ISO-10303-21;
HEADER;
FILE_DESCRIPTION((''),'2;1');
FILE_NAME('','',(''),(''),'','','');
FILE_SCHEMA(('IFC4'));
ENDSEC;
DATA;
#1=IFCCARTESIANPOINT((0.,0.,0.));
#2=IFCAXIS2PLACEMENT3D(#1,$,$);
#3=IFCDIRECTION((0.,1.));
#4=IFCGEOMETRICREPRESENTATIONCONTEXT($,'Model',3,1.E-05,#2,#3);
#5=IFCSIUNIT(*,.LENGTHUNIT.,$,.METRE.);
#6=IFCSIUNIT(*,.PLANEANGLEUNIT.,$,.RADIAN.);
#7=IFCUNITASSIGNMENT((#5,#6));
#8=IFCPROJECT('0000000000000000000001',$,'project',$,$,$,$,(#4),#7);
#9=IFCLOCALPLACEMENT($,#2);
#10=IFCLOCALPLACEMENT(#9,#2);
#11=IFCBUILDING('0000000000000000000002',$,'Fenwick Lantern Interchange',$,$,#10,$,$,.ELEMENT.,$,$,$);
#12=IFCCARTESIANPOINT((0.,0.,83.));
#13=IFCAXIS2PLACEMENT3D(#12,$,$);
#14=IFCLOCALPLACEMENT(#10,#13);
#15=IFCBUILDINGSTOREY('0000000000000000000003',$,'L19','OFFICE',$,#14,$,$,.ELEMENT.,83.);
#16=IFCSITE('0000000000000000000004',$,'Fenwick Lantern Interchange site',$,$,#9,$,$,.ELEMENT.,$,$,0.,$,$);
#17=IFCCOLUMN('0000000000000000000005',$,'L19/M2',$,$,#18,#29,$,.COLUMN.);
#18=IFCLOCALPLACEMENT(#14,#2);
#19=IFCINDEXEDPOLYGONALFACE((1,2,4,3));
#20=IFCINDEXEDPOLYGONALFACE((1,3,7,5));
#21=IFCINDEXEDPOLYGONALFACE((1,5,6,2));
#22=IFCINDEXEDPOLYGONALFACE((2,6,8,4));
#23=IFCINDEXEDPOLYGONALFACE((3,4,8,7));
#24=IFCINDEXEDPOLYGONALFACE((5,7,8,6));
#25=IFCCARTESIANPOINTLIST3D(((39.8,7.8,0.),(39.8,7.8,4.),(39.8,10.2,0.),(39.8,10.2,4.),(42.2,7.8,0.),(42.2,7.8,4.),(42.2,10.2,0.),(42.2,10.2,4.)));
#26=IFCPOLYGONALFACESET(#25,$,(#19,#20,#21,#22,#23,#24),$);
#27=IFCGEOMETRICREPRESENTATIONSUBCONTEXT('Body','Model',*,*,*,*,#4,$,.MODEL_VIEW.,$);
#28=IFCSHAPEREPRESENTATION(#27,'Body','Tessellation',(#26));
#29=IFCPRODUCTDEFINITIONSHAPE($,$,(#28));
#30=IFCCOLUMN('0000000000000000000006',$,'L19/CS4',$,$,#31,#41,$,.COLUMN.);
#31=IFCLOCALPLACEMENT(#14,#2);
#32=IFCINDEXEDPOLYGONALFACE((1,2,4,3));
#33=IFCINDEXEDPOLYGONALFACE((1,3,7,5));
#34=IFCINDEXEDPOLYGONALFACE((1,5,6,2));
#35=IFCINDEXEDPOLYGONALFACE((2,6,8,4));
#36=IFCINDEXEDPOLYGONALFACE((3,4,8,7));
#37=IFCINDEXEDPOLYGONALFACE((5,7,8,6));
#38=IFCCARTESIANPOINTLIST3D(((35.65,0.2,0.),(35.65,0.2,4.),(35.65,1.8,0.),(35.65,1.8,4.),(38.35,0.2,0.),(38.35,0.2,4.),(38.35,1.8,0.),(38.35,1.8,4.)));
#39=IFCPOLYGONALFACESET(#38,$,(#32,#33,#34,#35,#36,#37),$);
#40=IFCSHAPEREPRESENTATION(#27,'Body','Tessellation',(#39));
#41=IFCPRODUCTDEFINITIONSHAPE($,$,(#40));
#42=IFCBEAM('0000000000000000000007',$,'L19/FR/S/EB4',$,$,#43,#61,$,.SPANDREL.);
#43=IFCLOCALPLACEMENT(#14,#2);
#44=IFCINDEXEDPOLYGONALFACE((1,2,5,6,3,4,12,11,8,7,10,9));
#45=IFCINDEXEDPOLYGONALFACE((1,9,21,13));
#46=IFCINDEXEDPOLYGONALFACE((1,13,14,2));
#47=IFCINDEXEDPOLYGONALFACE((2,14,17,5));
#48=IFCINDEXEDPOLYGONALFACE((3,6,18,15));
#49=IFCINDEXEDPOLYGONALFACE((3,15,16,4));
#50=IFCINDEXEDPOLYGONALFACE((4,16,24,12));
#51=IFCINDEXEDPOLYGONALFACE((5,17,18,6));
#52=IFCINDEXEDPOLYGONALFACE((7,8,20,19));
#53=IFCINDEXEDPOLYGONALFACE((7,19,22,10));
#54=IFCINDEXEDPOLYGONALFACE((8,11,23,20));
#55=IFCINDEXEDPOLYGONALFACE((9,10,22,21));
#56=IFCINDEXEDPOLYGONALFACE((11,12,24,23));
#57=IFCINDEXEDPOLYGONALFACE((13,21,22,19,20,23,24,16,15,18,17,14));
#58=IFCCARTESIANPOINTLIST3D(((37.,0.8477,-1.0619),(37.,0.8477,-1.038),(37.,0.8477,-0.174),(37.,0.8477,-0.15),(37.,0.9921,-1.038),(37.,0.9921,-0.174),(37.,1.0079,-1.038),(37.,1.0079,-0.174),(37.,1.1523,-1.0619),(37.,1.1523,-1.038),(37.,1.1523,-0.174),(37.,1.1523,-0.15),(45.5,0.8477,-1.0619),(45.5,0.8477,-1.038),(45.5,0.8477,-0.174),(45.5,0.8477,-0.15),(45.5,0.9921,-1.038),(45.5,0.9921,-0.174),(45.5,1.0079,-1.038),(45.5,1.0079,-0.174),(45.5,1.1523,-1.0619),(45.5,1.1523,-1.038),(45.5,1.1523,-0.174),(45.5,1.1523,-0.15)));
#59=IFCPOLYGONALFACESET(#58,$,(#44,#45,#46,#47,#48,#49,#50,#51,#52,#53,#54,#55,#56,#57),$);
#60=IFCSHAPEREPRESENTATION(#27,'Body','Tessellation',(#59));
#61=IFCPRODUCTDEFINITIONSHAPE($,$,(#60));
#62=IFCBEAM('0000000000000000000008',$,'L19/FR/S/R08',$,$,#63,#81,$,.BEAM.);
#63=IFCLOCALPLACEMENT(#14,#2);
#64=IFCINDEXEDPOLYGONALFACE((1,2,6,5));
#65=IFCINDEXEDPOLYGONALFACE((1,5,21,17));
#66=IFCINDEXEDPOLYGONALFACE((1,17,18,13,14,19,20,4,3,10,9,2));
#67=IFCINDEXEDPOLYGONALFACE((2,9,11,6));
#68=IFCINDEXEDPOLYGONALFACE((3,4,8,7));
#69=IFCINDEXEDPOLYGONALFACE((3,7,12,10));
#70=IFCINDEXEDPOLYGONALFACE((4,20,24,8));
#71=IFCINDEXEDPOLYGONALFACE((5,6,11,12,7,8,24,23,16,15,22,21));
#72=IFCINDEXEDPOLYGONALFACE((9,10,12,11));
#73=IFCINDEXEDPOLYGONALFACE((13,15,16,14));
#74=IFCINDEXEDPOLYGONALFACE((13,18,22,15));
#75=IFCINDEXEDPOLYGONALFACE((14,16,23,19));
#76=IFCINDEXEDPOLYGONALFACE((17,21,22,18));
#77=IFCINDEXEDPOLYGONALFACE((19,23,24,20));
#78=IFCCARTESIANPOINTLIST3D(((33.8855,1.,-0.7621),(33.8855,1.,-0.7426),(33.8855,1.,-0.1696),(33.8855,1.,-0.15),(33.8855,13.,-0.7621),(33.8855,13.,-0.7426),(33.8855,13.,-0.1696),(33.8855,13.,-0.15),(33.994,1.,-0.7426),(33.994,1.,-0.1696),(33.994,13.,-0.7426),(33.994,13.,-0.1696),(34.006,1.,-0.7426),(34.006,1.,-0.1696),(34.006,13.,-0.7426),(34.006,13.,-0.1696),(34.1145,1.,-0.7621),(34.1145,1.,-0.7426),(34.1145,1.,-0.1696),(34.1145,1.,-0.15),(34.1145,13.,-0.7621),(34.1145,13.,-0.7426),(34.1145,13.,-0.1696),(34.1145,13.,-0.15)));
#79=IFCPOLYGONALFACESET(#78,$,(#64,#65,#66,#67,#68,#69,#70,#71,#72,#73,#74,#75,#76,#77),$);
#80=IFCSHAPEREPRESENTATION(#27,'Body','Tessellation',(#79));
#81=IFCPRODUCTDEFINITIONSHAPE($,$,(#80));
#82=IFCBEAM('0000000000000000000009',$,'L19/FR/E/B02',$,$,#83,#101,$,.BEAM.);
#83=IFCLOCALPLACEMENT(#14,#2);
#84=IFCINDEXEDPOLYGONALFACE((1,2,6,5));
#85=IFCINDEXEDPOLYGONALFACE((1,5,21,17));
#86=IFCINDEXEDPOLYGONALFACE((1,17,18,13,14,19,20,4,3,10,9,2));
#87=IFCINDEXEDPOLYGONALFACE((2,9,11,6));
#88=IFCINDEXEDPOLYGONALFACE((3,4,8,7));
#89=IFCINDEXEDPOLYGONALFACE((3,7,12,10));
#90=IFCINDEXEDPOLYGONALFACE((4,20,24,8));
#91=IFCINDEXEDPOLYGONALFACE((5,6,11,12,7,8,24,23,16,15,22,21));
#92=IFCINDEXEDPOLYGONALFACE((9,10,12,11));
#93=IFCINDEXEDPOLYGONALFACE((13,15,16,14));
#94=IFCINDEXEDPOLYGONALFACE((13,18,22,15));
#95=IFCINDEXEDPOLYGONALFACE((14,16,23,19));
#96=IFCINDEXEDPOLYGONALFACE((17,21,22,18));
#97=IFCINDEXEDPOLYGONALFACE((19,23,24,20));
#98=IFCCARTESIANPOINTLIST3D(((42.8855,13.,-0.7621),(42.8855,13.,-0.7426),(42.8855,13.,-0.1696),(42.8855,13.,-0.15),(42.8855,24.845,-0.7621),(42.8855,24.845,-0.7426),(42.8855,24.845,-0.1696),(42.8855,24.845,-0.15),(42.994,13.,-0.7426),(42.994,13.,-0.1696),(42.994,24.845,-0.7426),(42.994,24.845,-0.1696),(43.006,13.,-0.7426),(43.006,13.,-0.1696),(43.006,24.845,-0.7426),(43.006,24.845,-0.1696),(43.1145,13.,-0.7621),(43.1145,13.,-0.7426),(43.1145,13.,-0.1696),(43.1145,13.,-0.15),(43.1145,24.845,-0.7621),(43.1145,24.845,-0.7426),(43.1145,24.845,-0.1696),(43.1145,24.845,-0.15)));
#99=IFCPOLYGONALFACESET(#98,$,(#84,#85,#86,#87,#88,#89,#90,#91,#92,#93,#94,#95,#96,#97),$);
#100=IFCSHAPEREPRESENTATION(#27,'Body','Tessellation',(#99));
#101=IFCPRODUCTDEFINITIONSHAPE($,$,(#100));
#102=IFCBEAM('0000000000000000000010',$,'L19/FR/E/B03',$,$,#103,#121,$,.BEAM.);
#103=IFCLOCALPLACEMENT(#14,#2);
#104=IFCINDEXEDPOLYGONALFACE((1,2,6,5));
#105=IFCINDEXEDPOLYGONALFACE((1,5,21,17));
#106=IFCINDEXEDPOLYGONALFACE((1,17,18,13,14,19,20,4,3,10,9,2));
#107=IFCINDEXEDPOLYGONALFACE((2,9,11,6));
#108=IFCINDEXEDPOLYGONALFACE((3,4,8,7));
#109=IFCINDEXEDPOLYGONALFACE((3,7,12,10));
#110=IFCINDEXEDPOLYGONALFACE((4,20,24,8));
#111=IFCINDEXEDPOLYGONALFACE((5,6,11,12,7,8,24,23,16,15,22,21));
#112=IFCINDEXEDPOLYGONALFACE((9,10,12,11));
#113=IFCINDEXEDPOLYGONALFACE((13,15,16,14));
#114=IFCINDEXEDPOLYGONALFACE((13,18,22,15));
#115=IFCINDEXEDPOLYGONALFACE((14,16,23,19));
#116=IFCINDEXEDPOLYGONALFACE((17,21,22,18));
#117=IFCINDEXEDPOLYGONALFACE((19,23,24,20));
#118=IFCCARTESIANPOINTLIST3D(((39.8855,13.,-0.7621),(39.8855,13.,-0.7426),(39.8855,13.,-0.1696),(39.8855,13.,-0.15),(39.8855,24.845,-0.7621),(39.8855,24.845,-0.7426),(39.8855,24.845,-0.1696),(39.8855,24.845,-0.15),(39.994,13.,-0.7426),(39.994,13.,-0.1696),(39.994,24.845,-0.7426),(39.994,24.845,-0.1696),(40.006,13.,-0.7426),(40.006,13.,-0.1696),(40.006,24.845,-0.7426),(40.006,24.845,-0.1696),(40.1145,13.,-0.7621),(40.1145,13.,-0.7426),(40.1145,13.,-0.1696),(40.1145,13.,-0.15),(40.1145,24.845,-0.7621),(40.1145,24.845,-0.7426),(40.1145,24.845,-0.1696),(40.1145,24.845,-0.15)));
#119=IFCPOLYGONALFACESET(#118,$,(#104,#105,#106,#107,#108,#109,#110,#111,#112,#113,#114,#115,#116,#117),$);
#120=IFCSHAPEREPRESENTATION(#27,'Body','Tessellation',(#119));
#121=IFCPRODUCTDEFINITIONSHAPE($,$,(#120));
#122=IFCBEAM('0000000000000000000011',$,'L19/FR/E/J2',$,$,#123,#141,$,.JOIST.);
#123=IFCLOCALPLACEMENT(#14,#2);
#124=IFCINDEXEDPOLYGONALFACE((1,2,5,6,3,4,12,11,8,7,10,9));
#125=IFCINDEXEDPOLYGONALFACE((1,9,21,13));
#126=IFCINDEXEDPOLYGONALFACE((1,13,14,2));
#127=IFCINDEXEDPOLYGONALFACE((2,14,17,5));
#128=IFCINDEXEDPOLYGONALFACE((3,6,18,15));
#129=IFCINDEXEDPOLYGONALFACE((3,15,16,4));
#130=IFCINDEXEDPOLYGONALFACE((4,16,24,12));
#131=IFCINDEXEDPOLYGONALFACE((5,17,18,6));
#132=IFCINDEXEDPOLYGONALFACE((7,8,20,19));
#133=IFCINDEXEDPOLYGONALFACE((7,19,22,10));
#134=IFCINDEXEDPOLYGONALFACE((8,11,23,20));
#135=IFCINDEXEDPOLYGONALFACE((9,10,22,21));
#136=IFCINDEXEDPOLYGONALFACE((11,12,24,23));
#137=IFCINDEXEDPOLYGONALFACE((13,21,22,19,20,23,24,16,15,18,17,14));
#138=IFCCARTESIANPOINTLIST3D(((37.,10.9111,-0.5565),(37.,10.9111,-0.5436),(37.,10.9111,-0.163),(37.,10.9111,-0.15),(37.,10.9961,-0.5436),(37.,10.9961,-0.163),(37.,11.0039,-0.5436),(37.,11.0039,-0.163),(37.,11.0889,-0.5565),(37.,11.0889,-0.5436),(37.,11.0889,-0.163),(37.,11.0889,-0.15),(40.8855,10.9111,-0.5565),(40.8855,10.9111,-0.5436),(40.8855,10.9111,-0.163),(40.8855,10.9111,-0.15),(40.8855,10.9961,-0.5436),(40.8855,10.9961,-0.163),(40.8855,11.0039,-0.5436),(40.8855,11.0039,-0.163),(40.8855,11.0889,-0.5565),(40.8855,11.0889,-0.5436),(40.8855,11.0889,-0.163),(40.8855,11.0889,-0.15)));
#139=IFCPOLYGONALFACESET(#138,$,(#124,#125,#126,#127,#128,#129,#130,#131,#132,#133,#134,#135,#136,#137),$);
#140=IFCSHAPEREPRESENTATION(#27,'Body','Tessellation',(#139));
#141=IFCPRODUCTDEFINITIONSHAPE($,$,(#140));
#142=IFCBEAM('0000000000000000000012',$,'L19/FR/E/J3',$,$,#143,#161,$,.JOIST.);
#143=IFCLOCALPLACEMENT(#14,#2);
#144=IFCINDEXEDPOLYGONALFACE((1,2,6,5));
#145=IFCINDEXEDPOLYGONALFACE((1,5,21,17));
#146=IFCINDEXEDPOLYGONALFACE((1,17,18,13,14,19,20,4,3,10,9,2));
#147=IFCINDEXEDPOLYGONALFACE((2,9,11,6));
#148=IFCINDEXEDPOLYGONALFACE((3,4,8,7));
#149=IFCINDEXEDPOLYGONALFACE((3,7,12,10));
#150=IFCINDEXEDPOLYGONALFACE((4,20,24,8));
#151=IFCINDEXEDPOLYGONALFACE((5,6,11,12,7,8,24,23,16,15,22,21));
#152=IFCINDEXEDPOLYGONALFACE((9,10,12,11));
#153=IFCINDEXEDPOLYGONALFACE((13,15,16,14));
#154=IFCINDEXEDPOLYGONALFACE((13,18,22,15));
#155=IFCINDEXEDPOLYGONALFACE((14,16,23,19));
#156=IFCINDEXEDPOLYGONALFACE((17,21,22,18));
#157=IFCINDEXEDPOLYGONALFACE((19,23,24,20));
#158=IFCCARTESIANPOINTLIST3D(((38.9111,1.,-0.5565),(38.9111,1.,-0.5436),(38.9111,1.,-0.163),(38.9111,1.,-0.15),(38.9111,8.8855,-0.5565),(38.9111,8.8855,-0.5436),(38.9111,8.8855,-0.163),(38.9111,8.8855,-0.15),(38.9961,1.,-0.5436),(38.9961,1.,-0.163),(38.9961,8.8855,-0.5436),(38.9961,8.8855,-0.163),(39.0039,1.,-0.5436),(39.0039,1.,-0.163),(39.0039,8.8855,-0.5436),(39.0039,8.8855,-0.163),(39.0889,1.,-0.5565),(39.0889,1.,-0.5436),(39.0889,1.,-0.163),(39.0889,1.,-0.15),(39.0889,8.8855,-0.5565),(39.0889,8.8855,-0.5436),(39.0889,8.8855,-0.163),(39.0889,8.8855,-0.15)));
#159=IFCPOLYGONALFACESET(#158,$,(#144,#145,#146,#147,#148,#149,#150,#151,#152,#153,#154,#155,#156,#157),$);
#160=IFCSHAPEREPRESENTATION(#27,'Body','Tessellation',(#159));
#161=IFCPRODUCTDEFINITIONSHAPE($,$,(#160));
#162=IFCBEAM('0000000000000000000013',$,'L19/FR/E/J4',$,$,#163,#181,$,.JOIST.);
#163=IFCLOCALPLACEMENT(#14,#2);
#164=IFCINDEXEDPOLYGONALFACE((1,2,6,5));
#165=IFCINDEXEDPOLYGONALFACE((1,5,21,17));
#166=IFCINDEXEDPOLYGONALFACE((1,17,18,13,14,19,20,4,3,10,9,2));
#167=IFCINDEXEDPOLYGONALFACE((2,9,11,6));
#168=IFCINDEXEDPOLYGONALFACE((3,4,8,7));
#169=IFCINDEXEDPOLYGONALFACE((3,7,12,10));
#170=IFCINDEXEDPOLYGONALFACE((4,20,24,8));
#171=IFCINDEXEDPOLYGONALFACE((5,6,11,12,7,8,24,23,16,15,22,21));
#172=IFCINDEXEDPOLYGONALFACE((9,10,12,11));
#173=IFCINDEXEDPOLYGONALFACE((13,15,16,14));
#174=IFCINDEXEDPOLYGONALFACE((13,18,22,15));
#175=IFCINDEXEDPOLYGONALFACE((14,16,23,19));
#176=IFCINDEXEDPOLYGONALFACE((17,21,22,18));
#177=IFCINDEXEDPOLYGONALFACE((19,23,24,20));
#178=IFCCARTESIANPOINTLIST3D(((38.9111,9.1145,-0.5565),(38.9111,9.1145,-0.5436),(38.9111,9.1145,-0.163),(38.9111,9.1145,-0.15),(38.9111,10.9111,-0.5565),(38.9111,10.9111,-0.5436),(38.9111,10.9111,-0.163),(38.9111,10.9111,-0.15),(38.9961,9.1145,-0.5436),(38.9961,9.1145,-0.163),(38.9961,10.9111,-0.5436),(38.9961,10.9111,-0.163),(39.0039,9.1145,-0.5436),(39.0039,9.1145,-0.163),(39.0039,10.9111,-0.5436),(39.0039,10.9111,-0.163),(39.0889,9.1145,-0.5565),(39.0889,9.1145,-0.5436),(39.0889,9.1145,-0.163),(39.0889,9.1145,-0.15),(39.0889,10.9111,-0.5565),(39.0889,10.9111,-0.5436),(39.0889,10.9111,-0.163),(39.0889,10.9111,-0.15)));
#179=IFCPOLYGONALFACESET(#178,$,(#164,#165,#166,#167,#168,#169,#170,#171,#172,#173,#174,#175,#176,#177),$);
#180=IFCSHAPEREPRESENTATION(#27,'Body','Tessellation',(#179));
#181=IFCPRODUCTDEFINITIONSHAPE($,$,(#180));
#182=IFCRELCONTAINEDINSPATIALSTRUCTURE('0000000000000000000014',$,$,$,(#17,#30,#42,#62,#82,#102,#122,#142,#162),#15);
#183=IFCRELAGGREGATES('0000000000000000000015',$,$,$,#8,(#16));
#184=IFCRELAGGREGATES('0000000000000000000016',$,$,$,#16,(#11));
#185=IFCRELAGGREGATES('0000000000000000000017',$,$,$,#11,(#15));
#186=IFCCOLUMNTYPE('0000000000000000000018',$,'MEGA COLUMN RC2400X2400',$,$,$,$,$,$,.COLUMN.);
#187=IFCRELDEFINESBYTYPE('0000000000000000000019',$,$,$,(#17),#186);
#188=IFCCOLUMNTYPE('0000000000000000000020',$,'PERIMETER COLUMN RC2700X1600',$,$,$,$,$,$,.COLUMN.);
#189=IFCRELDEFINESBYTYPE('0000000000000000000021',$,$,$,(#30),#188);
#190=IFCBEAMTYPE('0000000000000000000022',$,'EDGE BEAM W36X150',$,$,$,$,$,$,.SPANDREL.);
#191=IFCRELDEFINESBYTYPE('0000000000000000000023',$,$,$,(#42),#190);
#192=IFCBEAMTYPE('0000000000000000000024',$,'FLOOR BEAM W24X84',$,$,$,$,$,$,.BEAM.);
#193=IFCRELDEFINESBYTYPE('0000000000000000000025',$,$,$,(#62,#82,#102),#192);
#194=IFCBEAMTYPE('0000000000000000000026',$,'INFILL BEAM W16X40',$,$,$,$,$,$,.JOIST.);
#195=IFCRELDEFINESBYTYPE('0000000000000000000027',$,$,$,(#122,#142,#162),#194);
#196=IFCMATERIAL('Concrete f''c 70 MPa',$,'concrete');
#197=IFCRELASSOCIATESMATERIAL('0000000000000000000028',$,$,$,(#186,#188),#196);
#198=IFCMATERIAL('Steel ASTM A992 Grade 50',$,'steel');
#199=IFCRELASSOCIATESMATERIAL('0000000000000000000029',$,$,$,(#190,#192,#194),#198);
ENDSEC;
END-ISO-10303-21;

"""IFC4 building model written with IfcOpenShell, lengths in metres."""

from ifc_helpers import new_model, si_unit, direction, frame, origin, origin_2d, place, context, subcontext, project, spatial, rectangle, i_section, extrude, material, material_profile, profile_set, type_object, element, save


model = new_model("IFC4")

# Units and contexts
model_context = context("Model", 3, precision=1e-05, world=origin(), true_north=direction((0.0, 1.0)))
body_context = subcontext(model_context, "Body", "Model", "MODEL_VIEW")
ifc_project = project(units=[si_unit("LENGTHUNIT", "METRE"), si_unit("PLANEANGLEUNIT", "RADIAN")], contexts=[model_context])

# Site, building, storey
site_placement = place(None, origin())
site = spatial("IfcSite", under=ifc_project, at=site_placement, Name="Fenwick Lantern Interchange site", CompositionType="ELEMENT", RefElevation=0.0)
building_placement = place(site_placement, origin())
building = spatial("IfcBuilding", under=site, at=building_placement, Name="Fenwick Lantern Interchange", CompositionType="ELEMENT")
storey_placement = place(building_placement, frame((0.0, 0.0, 83.0)))
storey = spatial("IfcBuildingStorey", under=building, at=storey_placement, Name="L19", Description="OFFICE", CompositionType="ELEMENT", Elevation=83.0)

# Columns
ifc_material_1 = material(Name="Concrete f'c 70 MPa", Category="concrete")
ifc_material_profile_1 = material_profile(ifc_material_1, rectangle(XDim=2.3999, YDim=2.3999, at=origin_2d()), Name="RC2400X2400")
ifc_profile_set_1 = profile_set([ifc_material_profile_1], Name="Concrete f'c 70 MPa")
column_type_1 = type_object("IfcColumnType", Name="MEGA COLUMN RC2400X2400", PredefinedType="COLUMN", material=ifc_profile_set_1)
column_1_placement = place(storey_placement, frame((41.0, 9.0, 0.0), z_axis=(0.0, 0.0, 1.0), x_axis=(1.0, 0.0, 0.0)))
element("IfcColumn", 1, at=column_1_placement, inside=storey, type_object=column_type_1, Name="L19/M2", PredefinedType="COLUMN", context=body_context, shape_type="SweptSolid", body=[
    extrude(rectangle(XDim=2.3999, YDim=2.3999, at=origin_2d()), origin(), (0.0, 0.0, 1.0), 4.0),
])
ifc_material_profile_2 = material_profile(ifc_material_1, rectangle(XDim=2.7, YDim=1.6001, at=origin_2d()), Name="RC2700X1600")
ifc_profile_set_2 = profile_set([ifc_material_profile_2], Name="Concrete f'c 70 MPa")
column_type_2 = type_object("IfcColumnType", Name="PERIMETER COLUMN RC2700X1600", PredefinedType="COLUMN", material=ifc_profile_set_2)
column_2_placement = place(storey_placement, frame((37.0, 1.0, 0.0), z_axis=(0.0, 0.0, 1.0), x_axis=(1.0, 0.0, 0.0)))
element("IfcColumn", 2, at=column_2_placement, inside=storey, type_object=column_type_2, Name="L19/CS4", PredefinedType="COLUMN", context=body_context, shape_type="SweptSolid", body=[
    extrude(rectangle(XDim=2.7, YDim=1.6001, at=origin_2d()), origin(), (0.0, 0.0, 1.0), 4.0),
])

# Beams
ifc_material_2 = material(Name="Steel ASTM A992 Grade 50", Category="steel")
ifc_material_profile_3 = material_profile(ifc_material_2, i_section(OverallWidth=0.3047, OverallDepth=0.9119, WebThickness=0.0159, FlangeThickness=0.0239, at=origin_2d()), Name="W36X150")
ifc_profile_set_3 = profile_set([ifc_material_profile_3], Name="Steel ASTM A992 Grade 50")
beam_type_1 = type_object("IfcBeamType", Name="EDGE BEAM W36X150", PredefinedType="SPANDREL", material=ifc_profile_set_3)
beam_1_placement = place(storey_placement, frame((37.0, 1.0, -0.606), z_axis=(1.0, 0.0, 0.0), x_axis=(0.0, 1.0, 0.0)))
element("IfcBeam", 3, at=beam_1_placement, inside=storey, type_object=beam_type_1, Name="L19/FR/S/EB4", PredefinedType="SPANDREL", context=body_context, shape_type="SweptSolid", body=[
    extrude(i_section(OverallWidth=0.3047, OverallDepth=0.9119, WebThickness=0.0159, FlangeThickness=0.0239, at=origin_2d()), origin(), (0.0, 0.0, 1.0), 8.5),
])
ifc_material_profile_4 = material_profile(ifc_material_2, i_section(OverallWidth=0.229, OverallDepth=0.6121, WebThickness=0.012, FlangeThickness=0.0195, at=origin_2d()), Name="W24X84")
ifc_profile_set_4 = profile_set([ifc_material_profile_4], Name="Steel ASTM A992 Grade 50")
beam_type_2 = type_object("IfcBeamType", Name="FLOOR BEAM W24X84", PredefinedType="BEAM", material=ifc_profile_set_4)
beam_2_placement = place(storey_placement, frame((34.0, 1.0, -0.4561), z_axis=(0.0, 1.0, 0.0), x_axis=(-1.0, 0.0, 0.0)))
element("IfcBeam", 4, at=beam_2_placement, inside=storey, type_object=beam_type_2, Name="L19/FR/S/R08", PredefinedType="BEAM", context=body_context, shape_type="SweptSolid", body=[
    extrude(i_section(OverallWidth=0.229, OverallDepth=0.6121, WebThickness=0.012, FlangeThickness=0.0195, at=origin_2d()), origin(), (0.0, 0.0, 1.0), 12.0),
])
for number, where, z_axis, x_axis, name in (
    (5, (43.0, 13.0, -0.4561), (0.0, 1.0, 0.0), (-1.0, 0.0, 0.0), "L19/FR/E/B02"),
    (6, (40.0, 13.0, -0.4561), (0.0, 1.0, 0.0), (-1.0, 0.0, 0.0), "L19/FR/E/B03"),
):
    element("IfcBeam", number, at=place(storey_placement, frame(where, z_axis=z_axis, x_axis=x_axis)), inside=storey, type_object=beam_type_2, Name=name, PredefinedType="BEAM", context=body_context, shape_type="SweptSolid", body=[
        extrude(i_section(OverallWidth=0.229, OverallDepth=0.6121, WebThickness=0.012, FlangeThickness=0.0195, at=origin_2d()), origin(), (0.0, 0.0, 1.0), 11.845),
    ])
ifc_material_profile_5 = material_profile(ifc_material_2, i_section(OverallWidth=0.1777, OverallDepth=0.4065, WebThickness=0.0078, FlangeThickness=0.0129, at=origin_2d()), Name="W16X40")
ifc_profile_set_5 = profile_set([ifc_material_profile_5], Name="Steel ASTM A992 Grade 50")
beam_type_3 = type_object("IfcBeamType", Name="INFILL BEAM W16X40", PredefinedType="JOIST", material=ifc_profile_set_5)
beam_3_placement = place(storey_placement, frame((40.8855, 11.0, -0.3533), z_axis=(-1.0, 0.0, 0.0), x_axis=(0.0, -1.0, 0.0)))
element("IfcBeam", 7, at=beam_3_placement, inside=storey, type_object=beam_type_3, Name="L19/FR/E/J2", PredefinedType="JOIST", context=body_context, shape_type="SweptSolid", body=[
    extrude(i_section(OverallWidth=0.1777, OverallDepth=0.4065, WebThickness=0.0078, FlangeThickness=0.0129, at=origin_2d()), origin(), (0.0, 0.0, 1.0), 3.8855),
])
beam_4_placement = place(storey_placement, frame((39.0, 1.0, -0.3533), z_axis=(0.0, 1.0, 0.0), x_axis=(-1.0, 0.0, 0.0)))
element("IfcBeam", 8, at=beam_4_placement, inside=storey, type_object=beam_type_3, Name="L19/FR/E/J3", PredefinedType="JOIST", context=body_context, shape_type="SweptSolid", body=[
    extrude(i_section(OverallWidth=0.1777, OverallDepth=0.4065, WebThickness=0.0078, FlangeThickness=0.0129, at=origin_2d()), origin(), (0.0, 0.0, 1.0), 7.8855),
])
beam_5_placement = place(storey_placement, frame((39.0, 9.1145, -0.3533), z_axis=(0.0, 1.0, 0.0), x_axis=(-1.0, 0.0, 0.0)))
element("IfcBeam", 9, at=beam_5_placement, inside=storey, type_object=beam_type_3, Name="L19/FR/E/J4", PredefinedType="JOIST", context=body_context, shape_type="SweptSolid", body=[
    extrude(i_section(OverallWidth=0.1777, OverallDepth=0.4065, WebThickness=0.0078, FlangeThickness=0.0129, at=origin_2d()), origin(), (0.0, 0.0, 1.0), 1.7966),
])

save(model, "model.ifc")
